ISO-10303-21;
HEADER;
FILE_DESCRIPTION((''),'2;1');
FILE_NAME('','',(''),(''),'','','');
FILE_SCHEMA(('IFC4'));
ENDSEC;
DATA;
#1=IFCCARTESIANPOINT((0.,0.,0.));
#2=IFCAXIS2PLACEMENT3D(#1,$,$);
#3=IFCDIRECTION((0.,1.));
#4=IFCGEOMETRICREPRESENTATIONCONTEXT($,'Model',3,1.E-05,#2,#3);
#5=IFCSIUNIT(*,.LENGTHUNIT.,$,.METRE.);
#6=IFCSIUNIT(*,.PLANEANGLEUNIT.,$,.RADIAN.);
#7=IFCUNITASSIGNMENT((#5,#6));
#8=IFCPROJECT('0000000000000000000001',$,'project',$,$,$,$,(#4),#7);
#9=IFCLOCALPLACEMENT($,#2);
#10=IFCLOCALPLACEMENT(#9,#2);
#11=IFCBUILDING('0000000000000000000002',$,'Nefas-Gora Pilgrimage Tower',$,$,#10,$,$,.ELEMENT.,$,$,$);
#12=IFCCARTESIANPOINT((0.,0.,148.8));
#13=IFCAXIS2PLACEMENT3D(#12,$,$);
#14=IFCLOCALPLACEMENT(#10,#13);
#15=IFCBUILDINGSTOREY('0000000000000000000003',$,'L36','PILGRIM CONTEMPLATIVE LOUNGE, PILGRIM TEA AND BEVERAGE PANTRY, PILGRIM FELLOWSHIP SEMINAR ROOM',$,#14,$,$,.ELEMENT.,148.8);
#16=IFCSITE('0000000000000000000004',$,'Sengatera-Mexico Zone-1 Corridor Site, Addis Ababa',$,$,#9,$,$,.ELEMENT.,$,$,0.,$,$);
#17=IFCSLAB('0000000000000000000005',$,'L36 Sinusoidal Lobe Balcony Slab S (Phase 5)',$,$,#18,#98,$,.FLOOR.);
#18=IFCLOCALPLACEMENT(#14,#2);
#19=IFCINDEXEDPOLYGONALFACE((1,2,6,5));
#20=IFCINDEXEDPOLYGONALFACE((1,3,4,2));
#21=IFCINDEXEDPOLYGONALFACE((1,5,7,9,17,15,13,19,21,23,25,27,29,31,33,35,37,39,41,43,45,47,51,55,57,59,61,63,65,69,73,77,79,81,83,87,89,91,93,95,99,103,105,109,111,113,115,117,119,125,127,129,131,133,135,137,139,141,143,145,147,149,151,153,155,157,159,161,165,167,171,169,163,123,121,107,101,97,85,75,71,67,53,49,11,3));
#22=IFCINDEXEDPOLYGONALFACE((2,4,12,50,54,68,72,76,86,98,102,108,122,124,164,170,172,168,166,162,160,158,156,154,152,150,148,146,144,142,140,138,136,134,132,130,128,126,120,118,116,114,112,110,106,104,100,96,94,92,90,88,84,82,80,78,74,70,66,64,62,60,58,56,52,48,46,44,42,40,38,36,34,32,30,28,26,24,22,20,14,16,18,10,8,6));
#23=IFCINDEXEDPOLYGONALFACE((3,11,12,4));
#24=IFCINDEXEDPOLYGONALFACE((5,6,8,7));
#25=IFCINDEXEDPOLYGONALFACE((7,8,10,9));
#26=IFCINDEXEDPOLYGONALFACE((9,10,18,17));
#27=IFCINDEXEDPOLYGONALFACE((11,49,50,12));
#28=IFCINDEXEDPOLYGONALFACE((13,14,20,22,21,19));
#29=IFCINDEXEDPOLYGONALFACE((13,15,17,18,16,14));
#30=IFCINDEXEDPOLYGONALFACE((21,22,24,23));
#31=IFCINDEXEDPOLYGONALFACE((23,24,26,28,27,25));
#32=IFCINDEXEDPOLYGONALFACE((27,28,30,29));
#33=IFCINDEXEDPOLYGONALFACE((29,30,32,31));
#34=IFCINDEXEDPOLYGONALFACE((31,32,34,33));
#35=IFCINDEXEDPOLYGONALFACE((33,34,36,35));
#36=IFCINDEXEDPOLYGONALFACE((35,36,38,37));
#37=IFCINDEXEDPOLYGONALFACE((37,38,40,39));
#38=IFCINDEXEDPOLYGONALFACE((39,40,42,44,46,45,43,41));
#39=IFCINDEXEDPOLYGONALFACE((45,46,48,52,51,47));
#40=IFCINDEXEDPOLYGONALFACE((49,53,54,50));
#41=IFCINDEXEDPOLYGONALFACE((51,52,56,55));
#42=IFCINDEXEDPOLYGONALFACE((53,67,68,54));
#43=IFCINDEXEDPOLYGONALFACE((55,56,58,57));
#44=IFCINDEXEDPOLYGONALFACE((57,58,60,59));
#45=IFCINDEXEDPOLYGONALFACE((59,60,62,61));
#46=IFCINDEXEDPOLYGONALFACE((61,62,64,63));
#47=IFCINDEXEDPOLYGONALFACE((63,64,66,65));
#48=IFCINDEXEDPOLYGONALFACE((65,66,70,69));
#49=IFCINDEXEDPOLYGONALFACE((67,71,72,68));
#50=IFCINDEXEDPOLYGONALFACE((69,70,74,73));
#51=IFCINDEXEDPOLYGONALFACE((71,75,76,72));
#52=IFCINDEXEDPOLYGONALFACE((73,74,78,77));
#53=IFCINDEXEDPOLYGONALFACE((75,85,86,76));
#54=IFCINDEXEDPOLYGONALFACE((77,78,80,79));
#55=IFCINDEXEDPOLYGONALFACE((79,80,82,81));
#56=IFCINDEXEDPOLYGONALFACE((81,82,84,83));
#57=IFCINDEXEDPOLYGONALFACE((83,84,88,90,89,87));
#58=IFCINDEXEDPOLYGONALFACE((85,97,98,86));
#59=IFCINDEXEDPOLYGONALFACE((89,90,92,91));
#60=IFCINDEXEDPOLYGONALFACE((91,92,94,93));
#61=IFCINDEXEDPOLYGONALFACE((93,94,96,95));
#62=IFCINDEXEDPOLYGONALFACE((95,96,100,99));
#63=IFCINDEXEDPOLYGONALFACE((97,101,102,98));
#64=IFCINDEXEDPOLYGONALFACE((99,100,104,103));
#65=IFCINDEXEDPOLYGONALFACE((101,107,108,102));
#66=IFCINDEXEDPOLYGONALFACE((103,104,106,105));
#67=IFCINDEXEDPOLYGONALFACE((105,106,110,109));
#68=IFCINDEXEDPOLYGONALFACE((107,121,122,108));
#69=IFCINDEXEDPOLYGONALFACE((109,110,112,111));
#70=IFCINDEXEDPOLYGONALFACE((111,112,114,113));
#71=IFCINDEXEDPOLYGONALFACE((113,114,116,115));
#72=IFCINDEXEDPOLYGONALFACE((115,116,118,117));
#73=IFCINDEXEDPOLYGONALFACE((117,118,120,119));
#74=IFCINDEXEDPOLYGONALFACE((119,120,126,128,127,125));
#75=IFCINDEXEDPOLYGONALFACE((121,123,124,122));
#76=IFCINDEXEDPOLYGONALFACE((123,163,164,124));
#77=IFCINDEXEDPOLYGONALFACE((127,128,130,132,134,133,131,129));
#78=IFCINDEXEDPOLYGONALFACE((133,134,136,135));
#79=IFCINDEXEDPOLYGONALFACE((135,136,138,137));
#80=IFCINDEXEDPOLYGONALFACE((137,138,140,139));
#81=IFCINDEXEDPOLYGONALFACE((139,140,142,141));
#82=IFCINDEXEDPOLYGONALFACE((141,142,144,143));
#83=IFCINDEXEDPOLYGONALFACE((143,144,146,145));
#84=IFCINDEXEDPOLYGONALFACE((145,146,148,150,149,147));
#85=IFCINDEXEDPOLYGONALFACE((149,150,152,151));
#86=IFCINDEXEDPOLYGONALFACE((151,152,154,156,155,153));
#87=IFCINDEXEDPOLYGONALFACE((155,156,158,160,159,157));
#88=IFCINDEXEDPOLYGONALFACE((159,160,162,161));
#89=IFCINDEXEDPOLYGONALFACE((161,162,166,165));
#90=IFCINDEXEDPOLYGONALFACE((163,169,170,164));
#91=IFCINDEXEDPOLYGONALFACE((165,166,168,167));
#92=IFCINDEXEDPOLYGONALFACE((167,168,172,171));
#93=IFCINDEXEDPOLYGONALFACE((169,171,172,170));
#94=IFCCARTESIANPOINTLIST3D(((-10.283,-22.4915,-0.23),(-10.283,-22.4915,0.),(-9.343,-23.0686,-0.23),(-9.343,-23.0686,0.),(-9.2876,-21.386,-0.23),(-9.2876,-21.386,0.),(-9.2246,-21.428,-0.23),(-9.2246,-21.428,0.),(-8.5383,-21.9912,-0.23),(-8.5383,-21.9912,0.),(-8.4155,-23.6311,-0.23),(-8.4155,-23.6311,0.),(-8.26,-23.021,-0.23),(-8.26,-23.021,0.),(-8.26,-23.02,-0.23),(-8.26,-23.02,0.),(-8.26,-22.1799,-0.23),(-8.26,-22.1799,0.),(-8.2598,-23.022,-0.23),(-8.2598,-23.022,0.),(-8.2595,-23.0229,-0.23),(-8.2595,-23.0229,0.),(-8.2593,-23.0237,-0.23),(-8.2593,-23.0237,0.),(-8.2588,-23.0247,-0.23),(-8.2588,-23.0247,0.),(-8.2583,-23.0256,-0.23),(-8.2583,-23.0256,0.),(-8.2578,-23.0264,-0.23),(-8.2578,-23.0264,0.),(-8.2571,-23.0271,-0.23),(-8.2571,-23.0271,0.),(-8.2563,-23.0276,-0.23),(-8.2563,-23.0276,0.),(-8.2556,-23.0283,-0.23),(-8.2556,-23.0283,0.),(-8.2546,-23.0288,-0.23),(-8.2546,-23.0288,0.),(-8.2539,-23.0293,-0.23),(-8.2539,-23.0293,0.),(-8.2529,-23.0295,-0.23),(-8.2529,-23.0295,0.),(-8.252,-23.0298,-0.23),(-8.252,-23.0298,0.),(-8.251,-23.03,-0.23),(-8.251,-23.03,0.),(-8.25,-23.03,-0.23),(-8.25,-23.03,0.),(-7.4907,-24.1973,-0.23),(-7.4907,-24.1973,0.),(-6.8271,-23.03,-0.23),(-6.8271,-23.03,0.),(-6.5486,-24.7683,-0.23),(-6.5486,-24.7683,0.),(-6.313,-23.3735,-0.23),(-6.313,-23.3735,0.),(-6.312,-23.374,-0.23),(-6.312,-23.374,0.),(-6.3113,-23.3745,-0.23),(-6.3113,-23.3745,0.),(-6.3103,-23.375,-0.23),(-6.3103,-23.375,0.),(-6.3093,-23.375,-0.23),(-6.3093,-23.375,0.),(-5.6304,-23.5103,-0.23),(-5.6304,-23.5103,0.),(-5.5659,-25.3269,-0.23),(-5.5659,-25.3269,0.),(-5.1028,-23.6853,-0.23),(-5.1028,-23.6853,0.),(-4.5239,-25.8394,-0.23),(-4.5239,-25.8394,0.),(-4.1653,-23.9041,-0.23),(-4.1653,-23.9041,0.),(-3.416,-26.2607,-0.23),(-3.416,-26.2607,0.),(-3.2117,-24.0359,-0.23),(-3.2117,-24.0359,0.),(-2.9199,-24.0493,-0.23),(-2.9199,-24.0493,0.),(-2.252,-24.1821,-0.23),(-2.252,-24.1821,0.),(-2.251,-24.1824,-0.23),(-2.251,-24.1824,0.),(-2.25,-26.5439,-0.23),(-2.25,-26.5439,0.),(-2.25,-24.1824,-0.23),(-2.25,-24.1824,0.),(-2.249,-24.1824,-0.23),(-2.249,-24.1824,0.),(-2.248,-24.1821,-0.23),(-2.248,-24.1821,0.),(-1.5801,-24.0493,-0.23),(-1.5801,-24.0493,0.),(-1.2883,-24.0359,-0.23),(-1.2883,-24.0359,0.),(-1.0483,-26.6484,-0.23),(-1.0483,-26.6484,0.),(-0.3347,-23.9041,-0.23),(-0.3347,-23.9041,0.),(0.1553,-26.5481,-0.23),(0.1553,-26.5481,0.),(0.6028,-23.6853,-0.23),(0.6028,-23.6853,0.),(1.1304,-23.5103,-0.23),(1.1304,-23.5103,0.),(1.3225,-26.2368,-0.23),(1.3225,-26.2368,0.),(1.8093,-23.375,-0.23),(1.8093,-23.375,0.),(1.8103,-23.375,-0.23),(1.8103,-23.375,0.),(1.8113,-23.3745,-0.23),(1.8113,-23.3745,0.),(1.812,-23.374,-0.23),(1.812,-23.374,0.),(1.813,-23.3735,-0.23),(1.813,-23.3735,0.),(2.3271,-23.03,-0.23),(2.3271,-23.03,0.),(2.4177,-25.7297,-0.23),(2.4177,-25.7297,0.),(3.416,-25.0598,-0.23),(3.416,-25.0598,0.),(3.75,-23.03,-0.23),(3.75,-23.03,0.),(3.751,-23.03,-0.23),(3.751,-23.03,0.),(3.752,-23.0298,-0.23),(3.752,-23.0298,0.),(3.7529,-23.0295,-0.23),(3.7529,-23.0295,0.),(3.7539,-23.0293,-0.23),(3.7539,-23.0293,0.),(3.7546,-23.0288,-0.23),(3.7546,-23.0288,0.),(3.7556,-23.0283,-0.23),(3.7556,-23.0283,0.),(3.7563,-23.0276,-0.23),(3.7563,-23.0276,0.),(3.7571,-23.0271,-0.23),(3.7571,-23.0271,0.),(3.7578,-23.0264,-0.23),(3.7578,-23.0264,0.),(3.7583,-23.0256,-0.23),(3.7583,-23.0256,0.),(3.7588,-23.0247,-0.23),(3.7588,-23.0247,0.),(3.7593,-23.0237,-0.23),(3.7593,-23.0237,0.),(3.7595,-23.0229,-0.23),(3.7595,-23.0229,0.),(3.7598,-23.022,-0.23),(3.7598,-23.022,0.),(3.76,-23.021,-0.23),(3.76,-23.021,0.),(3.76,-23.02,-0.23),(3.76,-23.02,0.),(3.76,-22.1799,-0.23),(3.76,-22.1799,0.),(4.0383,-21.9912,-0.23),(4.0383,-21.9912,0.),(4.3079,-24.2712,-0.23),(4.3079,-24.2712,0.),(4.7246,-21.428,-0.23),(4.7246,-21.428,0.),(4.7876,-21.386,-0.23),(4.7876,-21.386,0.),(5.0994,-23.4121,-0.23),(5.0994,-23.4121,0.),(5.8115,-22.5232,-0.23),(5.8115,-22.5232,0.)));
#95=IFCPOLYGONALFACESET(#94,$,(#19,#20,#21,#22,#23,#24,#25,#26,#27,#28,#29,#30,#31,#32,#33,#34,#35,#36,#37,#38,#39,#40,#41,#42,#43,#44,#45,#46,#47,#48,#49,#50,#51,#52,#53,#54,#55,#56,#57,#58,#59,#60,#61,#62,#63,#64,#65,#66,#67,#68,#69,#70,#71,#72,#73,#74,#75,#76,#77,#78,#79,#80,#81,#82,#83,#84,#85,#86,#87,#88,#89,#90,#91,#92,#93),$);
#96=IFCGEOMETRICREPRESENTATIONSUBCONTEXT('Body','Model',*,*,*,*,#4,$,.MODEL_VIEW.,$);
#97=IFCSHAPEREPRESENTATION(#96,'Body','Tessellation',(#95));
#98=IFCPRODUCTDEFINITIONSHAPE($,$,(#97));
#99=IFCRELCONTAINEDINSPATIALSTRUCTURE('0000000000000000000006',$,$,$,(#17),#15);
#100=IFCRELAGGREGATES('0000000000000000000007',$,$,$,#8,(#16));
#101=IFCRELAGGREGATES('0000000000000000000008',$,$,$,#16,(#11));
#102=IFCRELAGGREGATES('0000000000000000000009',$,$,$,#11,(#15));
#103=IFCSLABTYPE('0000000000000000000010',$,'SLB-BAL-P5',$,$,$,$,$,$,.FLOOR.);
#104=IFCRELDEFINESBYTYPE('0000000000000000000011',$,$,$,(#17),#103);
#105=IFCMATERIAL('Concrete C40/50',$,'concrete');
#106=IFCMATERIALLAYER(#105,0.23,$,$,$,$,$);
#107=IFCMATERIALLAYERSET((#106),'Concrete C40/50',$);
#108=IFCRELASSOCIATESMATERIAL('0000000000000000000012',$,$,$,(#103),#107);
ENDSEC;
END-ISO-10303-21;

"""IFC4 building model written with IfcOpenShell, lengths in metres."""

from ifc_helpers import new_model, si_unit, direction, frame, origin, place, context, subcontext, project, spatial, polyline, outline, extrude, material, layer, layer_set, type_object, element, save


model = new_model("IFC4")

# Units and contexts
model_context = context("Model", 3, precision=1e-05, world=origin(), true_north=direction((0.0, 1.0)))
body_context = subcontext(model_context, "Body", "Model", "MODEL_VIEW")
ifc_project = project(units=[si_unit("LENGTHUNIT", "METRE"), si_unit("PLANEANGLEUNIT", "RADIAN")], contexts=[model_context])

# Site, building, storey
site_placement = place(None, origin())
site = spatial("IfcSite", under=ifc_project, at=site_placement, Name="Sengatera-Mexico Zone-1 Corridor Site, Addis Ababa", CompositionType="ELEMENT", RefElevation=0.0)
building_placement = place(site_placement, origin())
building = spatial("IfcBuilding", under=site, at=building_placement, Name="Nefas-Gora Pilgrimage Tower", CompositionType="ELEMENT")
storey_placement = place(building_placement, frame((0.0, 0.0, 148.8)))
storey = spatial("IfcBuildingStorey", under=building, at=storey_placement, Name="L36", Description="PILGRIM CONTEMPLATIVE LOUNGE, PILGRIM TEA AND BEVERAGE PANTRY, PILGRIM FELLOWSHIP SEMINAR ROOM", CompositionType="ELEMENT", Elevation=148.8)

# Slab
ifc_material_1 = material(Name="Concrete C40/50", Category="concrete")
ifc_layer_1 = layer(ifc_material_1, 0.23)
ifc_layer_set_1 = layer_set([ifc_layer_1], Name="Concrete C40/50")
slab_type_1 = type_object("IfcSlabType", Name="SLB-BAL-P5", PredefinedType="FLOOR", material=ifc_layer_set_1)
slab_1_placement = place(storey_placement, frame((0.0, 0.0, -0.23)))
element("IfcSlab", 1, at=slab_1_placement, inside=storey, type_object=slab_type_1, Name="L36 Sinusoidal Lobe Balcony Slab S (Phase 5)", PredefinedType="FLOOR", context=body_context, shape_type="SweptSolid", body=[
    extrude(outline(polyline([(4.7876, -21.386), (4.7246, -21.428), (4.0383, -21.9912), (3.76, -22.1799), (3.76, -23.02), (3.76, -23.021), (3.7598, -23.022), (3.7595, -23.0229), (3.7593, -23.0237), (3.7588, -23.0247), (3.7583, -23.0256), (3.7578, -23.0264), (3.7571, -23.0271), (3.7563, -23.0276), (3.7556, -23.0283), (3.7546, -23.0288), (3.7539, -23.0293), (3.7529, -23.0295), (3.752, -23.0298), (3.751, -23.03), (3.75, -23.03), (2.3271, -23.03), (1.813, -23.3735), (1.812, -23.374), (1.8113, -23.3745), (1.8103, -23.375), (1.8093, -23.375), (1.1304, -23.5103), (0.6028, -23.6853), (-0.3347, -23.9041), (-1.2883, -24.0359), (-1.5801, -24.0493), (-2.248, -24.1821), (-2.249, -24.1824), (-2.25, -24.1824), (-2.251, -24.1824), (-2.252, -24.1821), (-2.9199, -24.0493), (-3.2117, -24.0359), (-4.1653, -23.9041), (-5.1028, -23.6853), (-5.6304, -23.5103), (-6.3093, -23.375), (-6.3103, -23.375), (-6.3113, -23.3745), (-6.312, -23.374), (-6.313, -23.3735), (-6.8271, -23.03), (-8.25, -23.03), (-8.251, -23.03), (-8.252, -23.0298), (-8.2529, -23.0295), (-8.2539, -23.0293), (-8.2546, -23.0288), (-8.2556, -23.0283), (-8.2563, -23.0276), (-8.2571, -23.0271), (-8.2578, -23.0264), (-8.2583, -23.0256), (-8.2588, -23.0247), (-8.2593, -23.0237), (-8.2595, -23.0229), (-8.2598, -23.022), (-8.26, -23.021), (-8.26, -23.02), (-8.26, -22.1799), (-8.5383, -21.9912), (-9.2246, -21.428), (-9.2876, -21.386), (-10.283, -22.4915), (-9.343, -23.0686), (-8.4155, -23.6311), (-7.4907, -24.1973), (-6.5486, -24.7683), (-5.5659, -25.3269), (-4.5239, -25.8394), (-3.416, -26.2607), (-2.25, -26.5439), (-1.0483, -26.6484), (0.1553, -26.5481), (1.3225, -26.2368), (2.4177, -25.7297), (3.416, -25.0598), (4.3079, -24.2712), (5.0994, -23.4121), (5.8115, -22.5232), (4.7876, -21.386)])), origin(), (0.0, 0.0, 1.0), 0.23),
])

save(model, "model.ifc")
